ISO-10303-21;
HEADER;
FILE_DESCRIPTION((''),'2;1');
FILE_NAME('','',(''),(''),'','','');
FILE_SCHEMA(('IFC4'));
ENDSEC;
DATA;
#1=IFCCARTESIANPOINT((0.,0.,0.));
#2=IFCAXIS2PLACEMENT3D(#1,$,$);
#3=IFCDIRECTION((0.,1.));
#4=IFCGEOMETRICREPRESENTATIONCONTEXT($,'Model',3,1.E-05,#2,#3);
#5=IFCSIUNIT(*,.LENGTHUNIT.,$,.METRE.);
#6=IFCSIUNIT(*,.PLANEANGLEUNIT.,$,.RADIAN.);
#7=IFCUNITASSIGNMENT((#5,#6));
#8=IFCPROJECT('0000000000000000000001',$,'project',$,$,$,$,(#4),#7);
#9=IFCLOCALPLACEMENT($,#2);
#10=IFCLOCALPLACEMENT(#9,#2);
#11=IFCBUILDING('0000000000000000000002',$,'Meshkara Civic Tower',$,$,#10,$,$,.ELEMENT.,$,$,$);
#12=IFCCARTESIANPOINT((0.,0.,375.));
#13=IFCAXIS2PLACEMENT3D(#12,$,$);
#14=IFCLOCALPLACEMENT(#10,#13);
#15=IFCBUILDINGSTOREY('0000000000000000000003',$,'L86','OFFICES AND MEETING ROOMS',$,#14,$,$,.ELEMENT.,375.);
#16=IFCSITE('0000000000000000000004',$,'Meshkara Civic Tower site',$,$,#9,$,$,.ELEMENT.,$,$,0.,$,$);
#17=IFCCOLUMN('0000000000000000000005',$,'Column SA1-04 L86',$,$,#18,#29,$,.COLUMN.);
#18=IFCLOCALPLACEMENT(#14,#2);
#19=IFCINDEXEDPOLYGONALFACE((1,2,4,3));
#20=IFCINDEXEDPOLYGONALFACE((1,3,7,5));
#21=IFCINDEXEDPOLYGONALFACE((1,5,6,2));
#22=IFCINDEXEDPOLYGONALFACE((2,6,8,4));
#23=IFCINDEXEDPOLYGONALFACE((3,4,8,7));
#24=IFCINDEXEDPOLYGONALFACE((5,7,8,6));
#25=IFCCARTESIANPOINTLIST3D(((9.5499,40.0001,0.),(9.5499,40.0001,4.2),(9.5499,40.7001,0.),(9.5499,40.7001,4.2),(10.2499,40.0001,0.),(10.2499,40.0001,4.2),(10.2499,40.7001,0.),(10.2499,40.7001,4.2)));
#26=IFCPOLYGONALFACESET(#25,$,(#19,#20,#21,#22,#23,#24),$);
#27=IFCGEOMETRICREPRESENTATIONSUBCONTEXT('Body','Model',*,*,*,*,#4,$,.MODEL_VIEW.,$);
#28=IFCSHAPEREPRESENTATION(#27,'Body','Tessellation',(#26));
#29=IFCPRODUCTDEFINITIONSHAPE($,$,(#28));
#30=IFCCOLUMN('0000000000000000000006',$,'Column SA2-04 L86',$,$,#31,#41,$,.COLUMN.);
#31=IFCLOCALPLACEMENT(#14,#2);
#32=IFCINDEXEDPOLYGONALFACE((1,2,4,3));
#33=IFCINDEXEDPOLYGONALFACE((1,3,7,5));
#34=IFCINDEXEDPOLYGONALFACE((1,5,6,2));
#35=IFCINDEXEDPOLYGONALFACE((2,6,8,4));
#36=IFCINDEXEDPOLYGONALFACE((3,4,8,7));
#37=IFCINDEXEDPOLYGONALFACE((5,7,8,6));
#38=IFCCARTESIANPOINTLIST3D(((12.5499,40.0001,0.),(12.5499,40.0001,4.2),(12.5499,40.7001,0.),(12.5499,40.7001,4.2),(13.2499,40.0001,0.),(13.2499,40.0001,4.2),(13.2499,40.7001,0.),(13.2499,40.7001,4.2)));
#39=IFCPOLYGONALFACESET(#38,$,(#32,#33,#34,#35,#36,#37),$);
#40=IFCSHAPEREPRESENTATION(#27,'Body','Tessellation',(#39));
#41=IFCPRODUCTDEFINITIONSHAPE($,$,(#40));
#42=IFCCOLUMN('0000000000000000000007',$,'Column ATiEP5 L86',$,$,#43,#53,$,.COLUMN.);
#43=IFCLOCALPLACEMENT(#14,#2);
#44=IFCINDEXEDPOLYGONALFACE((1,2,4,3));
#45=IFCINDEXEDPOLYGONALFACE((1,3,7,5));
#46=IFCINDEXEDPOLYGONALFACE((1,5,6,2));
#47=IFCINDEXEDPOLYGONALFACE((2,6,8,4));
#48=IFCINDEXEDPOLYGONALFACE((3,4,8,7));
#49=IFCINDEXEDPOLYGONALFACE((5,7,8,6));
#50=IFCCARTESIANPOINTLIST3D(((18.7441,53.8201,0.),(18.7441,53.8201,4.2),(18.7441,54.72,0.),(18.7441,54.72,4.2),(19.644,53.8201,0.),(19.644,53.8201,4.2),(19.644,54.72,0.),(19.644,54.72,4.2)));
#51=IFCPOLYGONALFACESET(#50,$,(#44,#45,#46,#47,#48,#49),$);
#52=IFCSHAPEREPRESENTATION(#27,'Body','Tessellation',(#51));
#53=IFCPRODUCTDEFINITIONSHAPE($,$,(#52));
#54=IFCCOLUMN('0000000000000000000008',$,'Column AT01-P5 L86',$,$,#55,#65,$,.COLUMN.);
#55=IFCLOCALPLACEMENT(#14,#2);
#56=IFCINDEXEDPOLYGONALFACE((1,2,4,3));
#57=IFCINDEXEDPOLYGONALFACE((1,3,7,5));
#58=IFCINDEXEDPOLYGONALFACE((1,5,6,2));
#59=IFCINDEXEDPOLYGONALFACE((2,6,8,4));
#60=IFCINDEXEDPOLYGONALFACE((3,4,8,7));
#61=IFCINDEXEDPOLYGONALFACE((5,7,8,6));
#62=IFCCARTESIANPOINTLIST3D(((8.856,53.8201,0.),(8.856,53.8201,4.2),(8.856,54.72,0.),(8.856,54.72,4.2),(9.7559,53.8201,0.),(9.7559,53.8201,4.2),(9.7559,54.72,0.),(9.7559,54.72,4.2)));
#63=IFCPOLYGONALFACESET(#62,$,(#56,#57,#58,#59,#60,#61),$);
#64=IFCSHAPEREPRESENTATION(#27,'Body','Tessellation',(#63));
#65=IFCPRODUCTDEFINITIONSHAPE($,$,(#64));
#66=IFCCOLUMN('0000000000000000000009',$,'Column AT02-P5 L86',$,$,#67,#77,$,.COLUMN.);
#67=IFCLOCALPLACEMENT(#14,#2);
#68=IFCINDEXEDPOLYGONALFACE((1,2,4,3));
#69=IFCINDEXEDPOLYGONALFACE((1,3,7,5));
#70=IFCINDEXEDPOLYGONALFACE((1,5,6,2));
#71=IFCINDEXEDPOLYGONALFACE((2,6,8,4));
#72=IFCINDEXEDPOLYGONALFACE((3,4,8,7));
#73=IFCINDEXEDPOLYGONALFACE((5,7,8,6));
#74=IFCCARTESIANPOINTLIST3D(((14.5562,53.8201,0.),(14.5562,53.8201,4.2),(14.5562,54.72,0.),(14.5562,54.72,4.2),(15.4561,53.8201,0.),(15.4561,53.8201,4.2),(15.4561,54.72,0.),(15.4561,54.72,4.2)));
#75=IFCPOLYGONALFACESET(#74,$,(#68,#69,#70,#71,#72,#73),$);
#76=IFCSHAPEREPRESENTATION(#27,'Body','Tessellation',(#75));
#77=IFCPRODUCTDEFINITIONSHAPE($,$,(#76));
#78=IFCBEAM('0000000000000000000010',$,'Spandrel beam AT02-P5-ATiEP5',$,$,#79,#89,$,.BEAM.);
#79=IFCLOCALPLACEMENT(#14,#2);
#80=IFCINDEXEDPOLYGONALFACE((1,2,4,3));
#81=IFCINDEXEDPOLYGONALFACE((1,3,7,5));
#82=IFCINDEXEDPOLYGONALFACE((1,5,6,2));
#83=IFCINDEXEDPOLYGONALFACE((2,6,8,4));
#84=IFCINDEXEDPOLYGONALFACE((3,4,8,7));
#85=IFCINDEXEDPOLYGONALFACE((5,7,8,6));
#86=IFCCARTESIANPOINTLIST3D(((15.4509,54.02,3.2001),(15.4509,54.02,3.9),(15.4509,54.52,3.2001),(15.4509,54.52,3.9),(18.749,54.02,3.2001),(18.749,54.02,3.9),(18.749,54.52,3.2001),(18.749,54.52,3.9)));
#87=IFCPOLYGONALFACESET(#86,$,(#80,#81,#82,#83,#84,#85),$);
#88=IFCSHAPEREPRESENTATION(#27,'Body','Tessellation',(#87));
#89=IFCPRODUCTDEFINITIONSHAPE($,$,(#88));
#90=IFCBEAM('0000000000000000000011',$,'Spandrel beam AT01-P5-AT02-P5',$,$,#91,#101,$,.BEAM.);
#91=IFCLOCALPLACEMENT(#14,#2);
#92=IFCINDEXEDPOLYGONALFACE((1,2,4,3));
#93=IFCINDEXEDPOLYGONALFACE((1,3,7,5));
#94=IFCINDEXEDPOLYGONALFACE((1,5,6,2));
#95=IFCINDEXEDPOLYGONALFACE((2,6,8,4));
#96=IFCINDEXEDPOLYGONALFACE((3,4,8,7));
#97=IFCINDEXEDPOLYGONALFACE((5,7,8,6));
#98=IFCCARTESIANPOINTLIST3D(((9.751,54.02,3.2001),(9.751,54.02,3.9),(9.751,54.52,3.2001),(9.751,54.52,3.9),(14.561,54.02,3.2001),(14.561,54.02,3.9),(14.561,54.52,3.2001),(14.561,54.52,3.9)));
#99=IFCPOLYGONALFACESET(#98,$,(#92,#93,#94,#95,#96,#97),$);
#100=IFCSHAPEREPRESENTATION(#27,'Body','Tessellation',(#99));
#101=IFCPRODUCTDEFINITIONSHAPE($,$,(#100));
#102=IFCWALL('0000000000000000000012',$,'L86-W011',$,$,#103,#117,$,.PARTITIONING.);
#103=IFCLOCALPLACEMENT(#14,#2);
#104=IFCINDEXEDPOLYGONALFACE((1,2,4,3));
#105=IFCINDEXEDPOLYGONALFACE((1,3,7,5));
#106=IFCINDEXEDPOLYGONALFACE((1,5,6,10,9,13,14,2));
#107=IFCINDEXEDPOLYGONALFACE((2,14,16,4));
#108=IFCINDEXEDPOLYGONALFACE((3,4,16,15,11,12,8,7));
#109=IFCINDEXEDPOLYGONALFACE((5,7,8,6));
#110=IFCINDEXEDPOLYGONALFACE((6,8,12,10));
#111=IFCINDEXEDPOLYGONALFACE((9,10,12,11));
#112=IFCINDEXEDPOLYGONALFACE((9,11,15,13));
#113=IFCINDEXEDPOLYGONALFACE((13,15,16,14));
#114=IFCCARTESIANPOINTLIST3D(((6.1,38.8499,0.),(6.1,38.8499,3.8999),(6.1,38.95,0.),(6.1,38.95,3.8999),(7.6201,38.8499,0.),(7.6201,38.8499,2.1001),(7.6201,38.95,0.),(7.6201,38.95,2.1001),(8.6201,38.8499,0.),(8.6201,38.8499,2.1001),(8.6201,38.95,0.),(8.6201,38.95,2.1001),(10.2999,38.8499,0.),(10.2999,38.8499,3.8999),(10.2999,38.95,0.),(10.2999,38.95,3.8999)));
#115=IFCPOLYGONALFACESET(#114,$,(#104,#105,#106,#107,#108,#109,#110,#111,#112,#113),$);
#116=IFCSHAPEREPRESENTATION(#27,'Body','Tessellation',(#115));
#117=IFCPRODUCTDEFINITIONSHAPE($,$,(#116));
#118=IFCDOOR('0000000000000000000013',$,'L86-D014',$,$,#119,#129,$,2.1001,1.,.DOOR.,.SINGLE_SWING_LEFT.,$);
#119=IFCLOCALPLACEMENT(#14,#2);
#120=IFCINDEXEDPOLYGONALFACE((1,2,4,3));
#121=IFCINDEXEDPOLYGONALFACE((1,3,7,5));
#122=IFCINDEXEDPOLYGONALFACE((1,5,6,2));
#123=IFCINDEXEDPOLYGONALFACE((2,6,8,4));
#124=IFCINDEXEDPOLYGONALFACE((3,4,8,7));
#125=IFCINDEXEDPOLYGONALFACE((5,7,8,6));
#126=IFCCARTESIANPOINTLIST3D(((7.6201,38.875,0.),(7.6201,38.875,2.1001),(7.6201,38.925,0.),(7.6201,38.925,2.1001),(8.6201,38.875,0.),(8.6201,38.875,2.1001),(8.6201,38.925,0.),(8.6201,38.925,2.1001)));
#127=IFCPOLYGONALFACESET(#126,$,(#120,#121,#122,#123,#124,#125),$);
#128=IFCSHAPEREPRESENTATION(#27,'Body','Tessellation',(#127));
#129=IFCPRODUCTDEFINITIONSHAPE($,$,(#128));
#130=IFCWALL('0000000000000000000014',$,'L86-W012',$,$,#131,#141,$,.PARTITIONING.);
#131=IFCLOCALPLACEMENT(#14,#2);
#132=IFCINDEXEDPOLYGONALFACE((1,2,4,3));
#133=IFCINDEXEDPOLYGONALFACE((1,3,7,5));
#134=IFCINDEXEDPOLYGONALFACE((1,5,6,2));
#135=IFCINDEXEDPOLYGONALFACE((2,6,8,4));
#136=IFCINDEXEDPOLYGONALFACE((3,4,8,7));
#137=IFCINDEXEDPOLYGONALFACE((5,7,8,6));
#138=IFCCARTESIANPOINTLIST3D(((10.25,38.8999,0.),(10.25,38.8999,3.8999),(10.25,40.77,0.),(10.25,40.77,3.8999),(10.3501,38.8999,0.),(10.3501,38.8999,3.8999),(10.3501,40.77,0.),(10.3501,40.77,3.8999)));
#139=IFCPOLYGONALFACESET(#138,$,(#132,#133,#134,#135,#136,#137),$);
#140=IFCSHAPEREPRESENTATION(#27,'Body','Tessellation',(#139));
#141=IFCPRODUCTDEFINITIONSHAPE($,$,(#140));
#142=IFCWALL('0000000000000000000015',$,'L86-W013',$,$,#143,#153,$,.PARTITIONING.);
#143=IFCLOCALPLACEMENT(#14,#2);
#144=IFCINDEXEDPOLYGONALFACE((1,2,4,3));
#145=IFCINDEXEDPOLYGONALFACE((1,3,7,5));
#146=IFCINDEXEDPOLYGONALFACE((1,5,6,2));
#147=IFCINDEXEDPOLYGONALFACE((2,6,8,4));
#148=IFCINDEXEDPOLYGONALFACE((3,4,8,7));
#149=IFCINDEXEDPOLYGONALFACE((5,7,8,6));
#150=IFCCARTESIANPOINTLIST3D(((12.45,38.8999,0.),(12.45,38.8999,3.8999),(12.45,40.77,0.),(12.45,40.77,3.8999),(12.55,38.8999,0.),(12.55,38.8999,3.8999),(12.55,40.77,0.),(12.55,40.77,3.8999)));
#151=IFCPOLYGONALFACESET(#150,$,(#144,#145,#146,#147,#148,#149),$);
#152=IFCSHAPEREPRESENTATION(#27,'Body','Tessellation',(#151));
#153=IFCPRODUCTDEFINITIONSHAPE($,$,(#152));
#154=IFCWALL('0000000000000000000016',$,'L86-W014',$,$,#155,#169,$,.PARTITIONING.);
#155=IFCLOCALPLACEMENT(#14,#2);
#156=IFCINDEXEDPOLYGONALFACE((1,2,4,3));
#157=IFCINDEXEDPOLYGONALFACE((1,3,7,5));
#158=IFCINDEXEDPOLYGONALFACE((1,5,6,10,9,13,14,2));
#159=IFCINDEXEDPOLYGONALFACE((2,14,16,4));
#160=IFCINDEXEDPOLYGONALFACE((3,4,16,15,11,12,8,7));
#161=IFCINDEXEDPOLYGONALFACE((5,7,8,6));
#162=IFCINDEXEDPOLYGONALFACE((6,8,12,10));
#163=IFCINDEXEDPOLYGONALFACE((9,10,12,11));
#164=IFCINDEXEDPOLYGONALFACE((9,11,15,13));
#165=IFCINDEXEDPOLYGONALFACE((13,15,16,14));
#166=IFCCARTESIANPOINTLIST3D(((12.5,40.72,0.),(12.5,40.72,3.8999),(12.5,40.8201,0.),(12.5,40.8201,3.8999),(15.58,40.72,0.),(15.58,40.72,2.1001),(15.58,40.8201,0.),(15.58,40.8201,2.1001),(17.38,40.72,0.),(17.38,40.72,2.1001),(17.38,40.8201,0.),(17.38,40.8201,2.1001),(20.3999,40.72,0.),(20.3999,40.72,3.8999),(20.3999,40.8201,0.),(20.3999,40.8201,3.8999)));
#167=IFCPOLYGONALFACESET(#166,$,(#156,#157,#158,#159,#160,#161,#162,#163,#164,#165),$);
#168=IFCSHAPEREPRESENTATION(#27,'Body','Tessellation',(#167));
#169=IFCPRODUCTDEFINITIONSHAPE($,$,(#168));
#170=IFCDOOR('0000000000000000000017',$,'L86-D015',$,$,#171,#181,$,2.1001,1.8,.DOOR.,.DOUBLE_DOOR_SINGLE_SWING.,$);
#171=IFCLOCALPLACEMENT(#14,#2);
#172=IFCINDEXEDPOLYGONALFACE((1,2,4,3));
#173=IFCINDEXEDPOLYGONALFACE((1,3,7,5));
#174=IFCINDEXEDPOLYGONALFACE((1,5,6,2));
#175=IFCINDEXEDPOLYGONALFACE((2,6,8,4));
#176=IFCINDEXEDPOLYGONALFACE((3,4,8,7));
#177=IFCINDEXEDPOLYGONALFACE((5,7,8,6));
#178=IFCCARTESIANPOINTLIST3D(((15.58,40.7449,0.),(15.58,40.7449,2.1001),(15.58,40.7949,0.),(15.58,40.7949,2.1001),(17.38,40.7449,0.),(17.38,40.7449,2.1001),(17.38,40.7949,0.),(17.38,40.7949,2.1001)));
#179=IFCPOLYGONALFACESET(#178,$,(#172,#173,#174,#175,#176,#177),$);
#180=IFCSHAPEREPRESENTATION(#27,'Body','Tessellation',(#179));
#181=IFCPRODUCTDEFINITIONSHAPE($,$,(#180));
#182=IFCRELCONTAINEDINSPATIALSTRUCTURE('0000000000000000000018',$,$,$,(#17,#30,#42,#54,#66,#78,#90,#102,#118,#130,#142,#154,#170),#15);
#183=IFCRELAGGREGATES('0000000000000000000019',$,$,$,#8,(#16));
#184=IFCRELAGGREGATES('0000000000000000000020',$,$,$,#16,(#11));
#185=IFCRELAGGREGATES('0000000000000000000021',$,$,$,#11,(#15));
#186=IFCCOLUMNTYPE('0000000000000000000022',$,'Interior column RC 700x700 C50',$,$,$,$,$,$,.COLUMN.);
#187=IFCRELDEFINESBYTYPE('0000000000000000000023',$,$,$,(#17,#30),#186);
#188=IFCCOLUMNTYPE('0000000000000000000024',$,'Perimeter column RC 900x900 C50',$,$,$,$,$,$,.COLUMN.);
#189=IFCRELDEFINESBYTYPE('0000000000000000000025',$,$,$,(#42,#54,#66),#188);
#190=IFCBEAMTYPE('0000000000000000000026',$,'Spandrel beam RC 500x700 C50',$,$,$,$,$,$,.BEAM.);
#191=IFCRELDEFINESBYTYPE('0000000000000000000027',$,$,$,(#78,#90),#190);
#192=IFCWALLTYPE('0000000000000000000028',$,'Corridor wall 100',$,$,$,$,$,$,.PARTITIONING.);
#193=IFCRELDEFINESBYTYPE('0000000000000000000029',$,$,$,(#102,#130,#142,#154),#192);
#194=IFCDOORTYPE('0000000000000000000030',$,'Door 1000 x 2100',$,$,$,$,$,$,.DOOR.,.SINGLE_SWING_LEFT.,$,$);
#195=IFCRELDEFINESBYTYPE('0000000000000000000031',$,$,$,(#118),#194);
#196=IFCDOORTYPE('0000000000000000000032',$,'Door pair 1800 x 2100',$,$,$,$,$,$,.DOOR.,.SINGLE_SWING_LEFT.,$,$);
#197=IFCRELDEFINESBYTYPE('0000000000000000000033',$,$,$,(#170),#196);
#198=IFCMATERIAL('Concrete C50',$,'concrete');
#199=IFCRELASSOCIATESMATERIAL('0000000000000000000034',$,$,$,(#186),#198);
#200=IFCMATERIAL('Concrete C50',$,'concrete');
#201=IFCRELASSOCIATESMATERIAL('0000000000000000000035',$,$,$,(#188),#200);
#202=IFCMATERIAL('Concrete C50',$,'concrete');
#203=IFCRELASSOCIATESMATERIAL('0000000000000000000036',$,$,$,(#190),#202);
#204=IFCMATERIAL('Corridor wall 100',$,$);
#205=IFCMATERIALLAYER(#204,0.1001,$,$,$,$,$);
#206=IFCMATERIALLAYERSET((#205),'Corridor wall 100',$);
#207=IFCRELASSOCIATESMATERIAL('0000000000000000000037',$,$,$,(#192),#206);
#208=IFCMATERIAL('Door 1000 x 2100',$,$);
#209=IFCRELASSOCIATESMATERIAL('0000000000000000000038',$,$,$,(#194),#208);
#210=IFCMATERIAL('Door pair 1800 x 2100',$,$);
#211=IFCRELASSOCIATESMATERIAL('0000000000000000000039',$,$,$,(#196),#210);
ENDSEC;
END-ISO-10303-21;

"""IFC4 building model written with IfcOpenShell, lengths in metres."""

from ifc_helpers import new_model, si_unit, direction, frame, frame_2d, origin, origin_2d, place, context, subcontext, project, spatial, rectangle, extrude, material, layer, layer_set, material_profile, profile_set, type_object, element, fill, save


model = new_model("IFC4")

# Units and contexts
model_context = context("Model", 3, precision=1e-05, world=origin(), true_north=direction((0.0, 1.0)))
body_context = subcontext(model_context, "Body", "Model", "MODEL_VIEW")
ifc_project = project(units=[si_unit("LENGTHUNIT", "METRE"), si_unit("PLANEANGLEUNIT", "RADIAN")], contexts=[model_context])

# Site, building, storey
site_placement = place(None, origin())
site = spatial("IfcSite", under=ifc_project, at=site_placement, Name="Meshkara Civic Tower site", CompositionType="ELEMENT", RefElevation=0.0)
building_placement = place(site_placement, origin())
building = spatial("IfcBuilding", under=site, at=building_placement, Name="Meshkara Civic Tower", CompositionType="ELEMENT")
storey_placement = place(building_placement, frame((0.0, 0.0, 375.0)))
storey = spatial("IfcBuildingStorey", under=building, at=storey_placement, Name="L86", Description="OFFICES AND MEETING ROOMS", CompositionType="ELEMENT", Elevation=375.0)

# Columns
ifc_material_1 = material(Name="Concrete C50", Category="concrete")
ifc_material_profile_1 = material_profile(ifc_material_1, rectangle(XDim=0.7, YDim=0.7, at=origin_2d()))
ifc_profile_set_1 = profile_set([ifc_material_profile_1], Name="Concrete C50")
column_type_1 = type_object("IfcColumnType", Name="Interior column RC 700x700 C50", PredefinedType="COLUMN", material=ifc_profile_set_1)
for number, where, z_axis, x_axis, name in (
    (1, (9.8999, 40.3501, 0.0), (0.0, 0.0, 1.0), (1.0, 0.0, 0.0), "Column SA1-04 L86"),
    (2, (12.8999, 40.3501, 0.0), (0.0, 0.0, 1.0), (1.0, 0.0, 0.0), "Column SA2-04 L86"),
):
    element("IfcColumn", number, at=place(storey_placement, frame(where, z_axis=z_axis, x_axis=x_axis)), inside=storey, type_object=column_type_1, Name=name, PredefinedType="COLUMN", context=body_context, shape_type="SweptSolid", body=[
        extrude(rectangle(XDim=0.7, YDim=0.7, at=origin_2d()), origin(), (0.0, 0.0, 1.0), 4.2),
    ])
ifc_material_2 = material(Name="Concrete C50", Category="concrete")
ifc_material_profile_2 = material_profile(ifc_material_2, rectangle(XDim=0.8999, YDim=0.8999, at=origin_2d()))
ifc_profile_set_2 = profile_set([ifc_material_profile_2], Name="Concrete C50")
column_type_2 = type_object("IfcColumnType", Name="Perimeter column RC 900x900 C50", PredefinedType="COLUMN", material=ifc_profile_set_2)
for number, where, z_axis, x_axis, name in (
    (3, (19.1941, 54.27, 0.0), (0.0, 0.0, 1.0), (1.0, 0.0, 0.0), "Column ATiEP5 L86"),
    (4, (9.3059, 54.27, 0.0), (0.0, 0.0, 1.0), (1.0, 0.0, 0.0), "Column AT01-P5 L86"),
    (5, (15.0061, 54.27, 0.0), (0.0, 0.0, 1.0), (1.0, 0.0, 0.0), "Column AT02-P5 L86"),
):
    element("IfcColumn", number, at=place(storey_placement, frame(where, z_axis=z_axis, x_axis=x_axis)), inside=storey, type_object=column_type_2, Name=name, PredefinedType="COLUMN", context=body_context, shape_type="SweptSolid", body=[
        extrude(rectangle(XDim=0.8999, YDim=0.8999, at=origin_2d()), origin(), (0.0, 0.0, 1.0), 4.2),
    ])

# Beams
ifc_material_3 = material(Name="Concrete C50", Category="concrete")
ifc_material_profile_3 = material_profile(ifc_material_3, rectangle(XDim=0.5, YDim=0.7, at=origin_2d()))
ifc_profile_set_3 = profile_set([ifc_material_profile_3], Name="Concrete C50")
beam_type = type_object("IfcBeamType", Name="Spandrel beam RC 500x700 C50", PredefinedType="BEAM", material=ifc_profile_set_3)
beam_1_placement = place(storey_placement, frame((18.749, 54.27, 3.55), z_axis=(-1.0, 0.0, 0.0), x_axis=(0.0, -1.0, 0.0)))
element("IfcBeam", 6, at=beam_1_placement, inside=storey, type_object=beam_type, Name="Spandrel beam AT02-P5-ATiEP5", PredefinedType="BEAM", context=body_context, shape_type="SweptSolid", body=[
    extrude(rectangle(XDim=0.5, YDim=0.7, at=origin_2d()), origin(), (0.0, 0.0, 1.0), 3.2981),
])
beam_2_placement = place(storey_placement, frame((14.561, 54.27, 3.55), z_axis=(-1.0, 0.0, 0.0), x_axis=(0.0, -1.0, 0.0)))
element("IfcBeam", 7, at=beam_2_placement, inside=storey, type_object=beam_type, Name="Spandrel beam AT01-P5-AT02-P5", PredefinedType="BEAM", context=body_context, shape_type="SweptSolid", body=[
    extrude(rectangle(XDim=0.5, YDim=0.7, at=origin_2d()), origin(), (0.0, 0.0, 1.0), 4.8101),
])

# Wall, opening, door
ifc_material_4 = material(Name="Corridor wall 100")
ifc_layer_1 = layer(ifc_material_4, 0.1001)
ifc_layer_set_1 = layer_set([ifc_layer_1], Name="Corridor wall 100")
wall_type_1 = type_object("IfcWallType", Name="Corridor wall 100", PredefinedType="PARTITIONING", material=ifc_layer_set_1)
wall_1_placement = place(storey_placement, frame((10.3, 38.8999, 0.0), z_axis=(0.0, 0.0, 1.0), x_axis=(-1.0, 0.0, 0.0)))
wall_1 = element("IfcWall", 8, at=wall_1_placement, inside=storey, type_object=wall_type_1, Name="L86-W011", PredefinedType="PARTITIONING", context=body_context, shape_type="SweptSolid", body=[
    extrude(rectangle(XDim=4.2, YDim=0.1001, at=frame_2d((2.1001, 0.0))), origin(), (0.0, 0.0, 1.0), 3.8999),
])
opening_1_placement = place(wall_1_placement, frame((1.6799, 0.0, 0.0)))
opening_1 = element("IfcOpeningElement", 9, at=opening_1_placement, cuts=wall_1, PredefinedType="OPENING", context=body_context, shape_type="SweptSolid", body=[
    extrude(rectangle(XDim=1.0, YDim=2.1001, at=frame_2d((0.5, 1.05))), frame((0.0, 0.0601, 0.0), z_axis=(0.0, -1.0, 0.0), x_axis=(1.0, 0.0, 0.0)), (0.0, 0.0, 1.0), 0.1201),
])
ifc_material_5 = material(Name="Door 1000 x 2100")
door_type_1 = type_object("IfcDoorType", Name="Door 1000 x 2100", OperationType="SINGLE_SWING_LEFT", PredefinedType="DOOR", material=ifc_material_5)
door_1_placement = place(opening_1_placement, origin())
door_1 = element("IfcDoor", 10, at=door_1_placement, inside=storey, type_object=door_type_1, Name="L86-D014", OperationType="SINGLE_SWING_LEFT", OverallHeight=2.1001, OverallWidth=1.0, PredefinedType="DOOR", context=body_context, shape_type="SweptSolid", body=[
    extrude(rectangle(XDim=1.0, YDim=2.1001, at=frame_2d((0.5, 1.05))), frame((0.0, 0.0249, 0.0), z_axis=(0.0, -1.0, 0.0), x_axis=(1.0, 0.0, 0.0)), (0.0, 0.0, 1.0), 0.05),
])
fill(opening_1, door_1)

# Walls
for number, where, z_axis, x_axis, name in (
    (11, (10.3, 40.77, 0.0), (0.0, 0.0, 1.0), (0.0, -1.0, 0.0), "L86-W012"),
    (12, (12.5, 38.8999, 0.0), (0.0, 0.0, 1.0), (0.0, 1.0, 0.0), "L86-W013"),
):
    element("IfcWall", number, at=place(storey_placement, frame(where, z_axis=z_axis, x_axis=x_axis)), inside=storey, type_object=wall_type_1, Name=name, PredefinedType="PARTITIONING", context=body_context, shape_type="SweptSolid", body=[
        extrude(rectangle(XDim=1.8701, YDim=0.1001, at=frame_2d((0.9351, 0.0))), origin(), (0.0, 0.0, 1.0), 3.8999),
    ])

# Wall, opening, door
wall_2_placement = place(storey_placement, frame((12.5, 40.77, 0.0), z_axis=(0.0, 0.0, 1.0), x_axis=(1.0, 0.0, 0.0)))
wall_2 = element("IfcWall", 13, at=wall_2_placement, inside=storey, type_object=wall_type_1, Name="L86-W014", PredefinedType="PARTITIONING", context=body_context, shape_type="SweptSolid", body=[
    extrude(rectangle(XDim=7.8999, YDim=0.1001, at=frame_2d((3.95, 0.0))), origin(), (0.0, 0.0, 1.0), 3.8999),
])
opening_2_placement = place(wall_2_placement, frame((3.0801, 0.0, 0.0)))
opening_2 = element("IfcOpeningElement", 14, at=opening_2_placement, cuts=wall_2, PredefinedType="OPENING", context=body_context, shape_type="SweptSolid", body=[
    extrude(rectangle(XDim=1.8, YDim=2.1001, at=frame_2d((0.8999, 1.05))), frame((0.0, 0.0601, 0.0), z_axis=(0.0, -1.0, 0.0), x_axis=(1.0, 0.0, 0.0)), (0.0, 0.0, 1.0), 0.1201),
])
ifc_material_6 = material(Name="Door pair 1800 x 2100")
door_type_2 = type_object("IfcDoorType", Name="Door pair 1800 x 2100", OperationType="SINGLE_SWING_LEFT", PredefinedType="DOOR", material=ifc_material_6)
door_2_placement = place(opening_2_placement, origin())
door_2 = element("IfcDoor", 15, at=door_2_placement, inside=storey, type_object=door_type_2, Name="L86-D015", OperationType="DOUBLE_DOOR_SINGLE_SWING", OverallHeight=2.1001, OverallWidth=1.8, PredefinedType="DOOR", context=body_context, shape_type="SweptSolid", body=[
    extrude(rectangle(XDim=1.8, YDim=2.1001, at=frame_2d((0.8999, 1.05))), frame((0.0, 0.0249, 0.0), z_axis=(0.0, -1.0, 0.0), x_axis=(1.0, 0.0, 0.0)), (0.0, 0.0, 1.0), 0.05),
])
fill(opening_2, door_2)

save(model, "model.ifc")
